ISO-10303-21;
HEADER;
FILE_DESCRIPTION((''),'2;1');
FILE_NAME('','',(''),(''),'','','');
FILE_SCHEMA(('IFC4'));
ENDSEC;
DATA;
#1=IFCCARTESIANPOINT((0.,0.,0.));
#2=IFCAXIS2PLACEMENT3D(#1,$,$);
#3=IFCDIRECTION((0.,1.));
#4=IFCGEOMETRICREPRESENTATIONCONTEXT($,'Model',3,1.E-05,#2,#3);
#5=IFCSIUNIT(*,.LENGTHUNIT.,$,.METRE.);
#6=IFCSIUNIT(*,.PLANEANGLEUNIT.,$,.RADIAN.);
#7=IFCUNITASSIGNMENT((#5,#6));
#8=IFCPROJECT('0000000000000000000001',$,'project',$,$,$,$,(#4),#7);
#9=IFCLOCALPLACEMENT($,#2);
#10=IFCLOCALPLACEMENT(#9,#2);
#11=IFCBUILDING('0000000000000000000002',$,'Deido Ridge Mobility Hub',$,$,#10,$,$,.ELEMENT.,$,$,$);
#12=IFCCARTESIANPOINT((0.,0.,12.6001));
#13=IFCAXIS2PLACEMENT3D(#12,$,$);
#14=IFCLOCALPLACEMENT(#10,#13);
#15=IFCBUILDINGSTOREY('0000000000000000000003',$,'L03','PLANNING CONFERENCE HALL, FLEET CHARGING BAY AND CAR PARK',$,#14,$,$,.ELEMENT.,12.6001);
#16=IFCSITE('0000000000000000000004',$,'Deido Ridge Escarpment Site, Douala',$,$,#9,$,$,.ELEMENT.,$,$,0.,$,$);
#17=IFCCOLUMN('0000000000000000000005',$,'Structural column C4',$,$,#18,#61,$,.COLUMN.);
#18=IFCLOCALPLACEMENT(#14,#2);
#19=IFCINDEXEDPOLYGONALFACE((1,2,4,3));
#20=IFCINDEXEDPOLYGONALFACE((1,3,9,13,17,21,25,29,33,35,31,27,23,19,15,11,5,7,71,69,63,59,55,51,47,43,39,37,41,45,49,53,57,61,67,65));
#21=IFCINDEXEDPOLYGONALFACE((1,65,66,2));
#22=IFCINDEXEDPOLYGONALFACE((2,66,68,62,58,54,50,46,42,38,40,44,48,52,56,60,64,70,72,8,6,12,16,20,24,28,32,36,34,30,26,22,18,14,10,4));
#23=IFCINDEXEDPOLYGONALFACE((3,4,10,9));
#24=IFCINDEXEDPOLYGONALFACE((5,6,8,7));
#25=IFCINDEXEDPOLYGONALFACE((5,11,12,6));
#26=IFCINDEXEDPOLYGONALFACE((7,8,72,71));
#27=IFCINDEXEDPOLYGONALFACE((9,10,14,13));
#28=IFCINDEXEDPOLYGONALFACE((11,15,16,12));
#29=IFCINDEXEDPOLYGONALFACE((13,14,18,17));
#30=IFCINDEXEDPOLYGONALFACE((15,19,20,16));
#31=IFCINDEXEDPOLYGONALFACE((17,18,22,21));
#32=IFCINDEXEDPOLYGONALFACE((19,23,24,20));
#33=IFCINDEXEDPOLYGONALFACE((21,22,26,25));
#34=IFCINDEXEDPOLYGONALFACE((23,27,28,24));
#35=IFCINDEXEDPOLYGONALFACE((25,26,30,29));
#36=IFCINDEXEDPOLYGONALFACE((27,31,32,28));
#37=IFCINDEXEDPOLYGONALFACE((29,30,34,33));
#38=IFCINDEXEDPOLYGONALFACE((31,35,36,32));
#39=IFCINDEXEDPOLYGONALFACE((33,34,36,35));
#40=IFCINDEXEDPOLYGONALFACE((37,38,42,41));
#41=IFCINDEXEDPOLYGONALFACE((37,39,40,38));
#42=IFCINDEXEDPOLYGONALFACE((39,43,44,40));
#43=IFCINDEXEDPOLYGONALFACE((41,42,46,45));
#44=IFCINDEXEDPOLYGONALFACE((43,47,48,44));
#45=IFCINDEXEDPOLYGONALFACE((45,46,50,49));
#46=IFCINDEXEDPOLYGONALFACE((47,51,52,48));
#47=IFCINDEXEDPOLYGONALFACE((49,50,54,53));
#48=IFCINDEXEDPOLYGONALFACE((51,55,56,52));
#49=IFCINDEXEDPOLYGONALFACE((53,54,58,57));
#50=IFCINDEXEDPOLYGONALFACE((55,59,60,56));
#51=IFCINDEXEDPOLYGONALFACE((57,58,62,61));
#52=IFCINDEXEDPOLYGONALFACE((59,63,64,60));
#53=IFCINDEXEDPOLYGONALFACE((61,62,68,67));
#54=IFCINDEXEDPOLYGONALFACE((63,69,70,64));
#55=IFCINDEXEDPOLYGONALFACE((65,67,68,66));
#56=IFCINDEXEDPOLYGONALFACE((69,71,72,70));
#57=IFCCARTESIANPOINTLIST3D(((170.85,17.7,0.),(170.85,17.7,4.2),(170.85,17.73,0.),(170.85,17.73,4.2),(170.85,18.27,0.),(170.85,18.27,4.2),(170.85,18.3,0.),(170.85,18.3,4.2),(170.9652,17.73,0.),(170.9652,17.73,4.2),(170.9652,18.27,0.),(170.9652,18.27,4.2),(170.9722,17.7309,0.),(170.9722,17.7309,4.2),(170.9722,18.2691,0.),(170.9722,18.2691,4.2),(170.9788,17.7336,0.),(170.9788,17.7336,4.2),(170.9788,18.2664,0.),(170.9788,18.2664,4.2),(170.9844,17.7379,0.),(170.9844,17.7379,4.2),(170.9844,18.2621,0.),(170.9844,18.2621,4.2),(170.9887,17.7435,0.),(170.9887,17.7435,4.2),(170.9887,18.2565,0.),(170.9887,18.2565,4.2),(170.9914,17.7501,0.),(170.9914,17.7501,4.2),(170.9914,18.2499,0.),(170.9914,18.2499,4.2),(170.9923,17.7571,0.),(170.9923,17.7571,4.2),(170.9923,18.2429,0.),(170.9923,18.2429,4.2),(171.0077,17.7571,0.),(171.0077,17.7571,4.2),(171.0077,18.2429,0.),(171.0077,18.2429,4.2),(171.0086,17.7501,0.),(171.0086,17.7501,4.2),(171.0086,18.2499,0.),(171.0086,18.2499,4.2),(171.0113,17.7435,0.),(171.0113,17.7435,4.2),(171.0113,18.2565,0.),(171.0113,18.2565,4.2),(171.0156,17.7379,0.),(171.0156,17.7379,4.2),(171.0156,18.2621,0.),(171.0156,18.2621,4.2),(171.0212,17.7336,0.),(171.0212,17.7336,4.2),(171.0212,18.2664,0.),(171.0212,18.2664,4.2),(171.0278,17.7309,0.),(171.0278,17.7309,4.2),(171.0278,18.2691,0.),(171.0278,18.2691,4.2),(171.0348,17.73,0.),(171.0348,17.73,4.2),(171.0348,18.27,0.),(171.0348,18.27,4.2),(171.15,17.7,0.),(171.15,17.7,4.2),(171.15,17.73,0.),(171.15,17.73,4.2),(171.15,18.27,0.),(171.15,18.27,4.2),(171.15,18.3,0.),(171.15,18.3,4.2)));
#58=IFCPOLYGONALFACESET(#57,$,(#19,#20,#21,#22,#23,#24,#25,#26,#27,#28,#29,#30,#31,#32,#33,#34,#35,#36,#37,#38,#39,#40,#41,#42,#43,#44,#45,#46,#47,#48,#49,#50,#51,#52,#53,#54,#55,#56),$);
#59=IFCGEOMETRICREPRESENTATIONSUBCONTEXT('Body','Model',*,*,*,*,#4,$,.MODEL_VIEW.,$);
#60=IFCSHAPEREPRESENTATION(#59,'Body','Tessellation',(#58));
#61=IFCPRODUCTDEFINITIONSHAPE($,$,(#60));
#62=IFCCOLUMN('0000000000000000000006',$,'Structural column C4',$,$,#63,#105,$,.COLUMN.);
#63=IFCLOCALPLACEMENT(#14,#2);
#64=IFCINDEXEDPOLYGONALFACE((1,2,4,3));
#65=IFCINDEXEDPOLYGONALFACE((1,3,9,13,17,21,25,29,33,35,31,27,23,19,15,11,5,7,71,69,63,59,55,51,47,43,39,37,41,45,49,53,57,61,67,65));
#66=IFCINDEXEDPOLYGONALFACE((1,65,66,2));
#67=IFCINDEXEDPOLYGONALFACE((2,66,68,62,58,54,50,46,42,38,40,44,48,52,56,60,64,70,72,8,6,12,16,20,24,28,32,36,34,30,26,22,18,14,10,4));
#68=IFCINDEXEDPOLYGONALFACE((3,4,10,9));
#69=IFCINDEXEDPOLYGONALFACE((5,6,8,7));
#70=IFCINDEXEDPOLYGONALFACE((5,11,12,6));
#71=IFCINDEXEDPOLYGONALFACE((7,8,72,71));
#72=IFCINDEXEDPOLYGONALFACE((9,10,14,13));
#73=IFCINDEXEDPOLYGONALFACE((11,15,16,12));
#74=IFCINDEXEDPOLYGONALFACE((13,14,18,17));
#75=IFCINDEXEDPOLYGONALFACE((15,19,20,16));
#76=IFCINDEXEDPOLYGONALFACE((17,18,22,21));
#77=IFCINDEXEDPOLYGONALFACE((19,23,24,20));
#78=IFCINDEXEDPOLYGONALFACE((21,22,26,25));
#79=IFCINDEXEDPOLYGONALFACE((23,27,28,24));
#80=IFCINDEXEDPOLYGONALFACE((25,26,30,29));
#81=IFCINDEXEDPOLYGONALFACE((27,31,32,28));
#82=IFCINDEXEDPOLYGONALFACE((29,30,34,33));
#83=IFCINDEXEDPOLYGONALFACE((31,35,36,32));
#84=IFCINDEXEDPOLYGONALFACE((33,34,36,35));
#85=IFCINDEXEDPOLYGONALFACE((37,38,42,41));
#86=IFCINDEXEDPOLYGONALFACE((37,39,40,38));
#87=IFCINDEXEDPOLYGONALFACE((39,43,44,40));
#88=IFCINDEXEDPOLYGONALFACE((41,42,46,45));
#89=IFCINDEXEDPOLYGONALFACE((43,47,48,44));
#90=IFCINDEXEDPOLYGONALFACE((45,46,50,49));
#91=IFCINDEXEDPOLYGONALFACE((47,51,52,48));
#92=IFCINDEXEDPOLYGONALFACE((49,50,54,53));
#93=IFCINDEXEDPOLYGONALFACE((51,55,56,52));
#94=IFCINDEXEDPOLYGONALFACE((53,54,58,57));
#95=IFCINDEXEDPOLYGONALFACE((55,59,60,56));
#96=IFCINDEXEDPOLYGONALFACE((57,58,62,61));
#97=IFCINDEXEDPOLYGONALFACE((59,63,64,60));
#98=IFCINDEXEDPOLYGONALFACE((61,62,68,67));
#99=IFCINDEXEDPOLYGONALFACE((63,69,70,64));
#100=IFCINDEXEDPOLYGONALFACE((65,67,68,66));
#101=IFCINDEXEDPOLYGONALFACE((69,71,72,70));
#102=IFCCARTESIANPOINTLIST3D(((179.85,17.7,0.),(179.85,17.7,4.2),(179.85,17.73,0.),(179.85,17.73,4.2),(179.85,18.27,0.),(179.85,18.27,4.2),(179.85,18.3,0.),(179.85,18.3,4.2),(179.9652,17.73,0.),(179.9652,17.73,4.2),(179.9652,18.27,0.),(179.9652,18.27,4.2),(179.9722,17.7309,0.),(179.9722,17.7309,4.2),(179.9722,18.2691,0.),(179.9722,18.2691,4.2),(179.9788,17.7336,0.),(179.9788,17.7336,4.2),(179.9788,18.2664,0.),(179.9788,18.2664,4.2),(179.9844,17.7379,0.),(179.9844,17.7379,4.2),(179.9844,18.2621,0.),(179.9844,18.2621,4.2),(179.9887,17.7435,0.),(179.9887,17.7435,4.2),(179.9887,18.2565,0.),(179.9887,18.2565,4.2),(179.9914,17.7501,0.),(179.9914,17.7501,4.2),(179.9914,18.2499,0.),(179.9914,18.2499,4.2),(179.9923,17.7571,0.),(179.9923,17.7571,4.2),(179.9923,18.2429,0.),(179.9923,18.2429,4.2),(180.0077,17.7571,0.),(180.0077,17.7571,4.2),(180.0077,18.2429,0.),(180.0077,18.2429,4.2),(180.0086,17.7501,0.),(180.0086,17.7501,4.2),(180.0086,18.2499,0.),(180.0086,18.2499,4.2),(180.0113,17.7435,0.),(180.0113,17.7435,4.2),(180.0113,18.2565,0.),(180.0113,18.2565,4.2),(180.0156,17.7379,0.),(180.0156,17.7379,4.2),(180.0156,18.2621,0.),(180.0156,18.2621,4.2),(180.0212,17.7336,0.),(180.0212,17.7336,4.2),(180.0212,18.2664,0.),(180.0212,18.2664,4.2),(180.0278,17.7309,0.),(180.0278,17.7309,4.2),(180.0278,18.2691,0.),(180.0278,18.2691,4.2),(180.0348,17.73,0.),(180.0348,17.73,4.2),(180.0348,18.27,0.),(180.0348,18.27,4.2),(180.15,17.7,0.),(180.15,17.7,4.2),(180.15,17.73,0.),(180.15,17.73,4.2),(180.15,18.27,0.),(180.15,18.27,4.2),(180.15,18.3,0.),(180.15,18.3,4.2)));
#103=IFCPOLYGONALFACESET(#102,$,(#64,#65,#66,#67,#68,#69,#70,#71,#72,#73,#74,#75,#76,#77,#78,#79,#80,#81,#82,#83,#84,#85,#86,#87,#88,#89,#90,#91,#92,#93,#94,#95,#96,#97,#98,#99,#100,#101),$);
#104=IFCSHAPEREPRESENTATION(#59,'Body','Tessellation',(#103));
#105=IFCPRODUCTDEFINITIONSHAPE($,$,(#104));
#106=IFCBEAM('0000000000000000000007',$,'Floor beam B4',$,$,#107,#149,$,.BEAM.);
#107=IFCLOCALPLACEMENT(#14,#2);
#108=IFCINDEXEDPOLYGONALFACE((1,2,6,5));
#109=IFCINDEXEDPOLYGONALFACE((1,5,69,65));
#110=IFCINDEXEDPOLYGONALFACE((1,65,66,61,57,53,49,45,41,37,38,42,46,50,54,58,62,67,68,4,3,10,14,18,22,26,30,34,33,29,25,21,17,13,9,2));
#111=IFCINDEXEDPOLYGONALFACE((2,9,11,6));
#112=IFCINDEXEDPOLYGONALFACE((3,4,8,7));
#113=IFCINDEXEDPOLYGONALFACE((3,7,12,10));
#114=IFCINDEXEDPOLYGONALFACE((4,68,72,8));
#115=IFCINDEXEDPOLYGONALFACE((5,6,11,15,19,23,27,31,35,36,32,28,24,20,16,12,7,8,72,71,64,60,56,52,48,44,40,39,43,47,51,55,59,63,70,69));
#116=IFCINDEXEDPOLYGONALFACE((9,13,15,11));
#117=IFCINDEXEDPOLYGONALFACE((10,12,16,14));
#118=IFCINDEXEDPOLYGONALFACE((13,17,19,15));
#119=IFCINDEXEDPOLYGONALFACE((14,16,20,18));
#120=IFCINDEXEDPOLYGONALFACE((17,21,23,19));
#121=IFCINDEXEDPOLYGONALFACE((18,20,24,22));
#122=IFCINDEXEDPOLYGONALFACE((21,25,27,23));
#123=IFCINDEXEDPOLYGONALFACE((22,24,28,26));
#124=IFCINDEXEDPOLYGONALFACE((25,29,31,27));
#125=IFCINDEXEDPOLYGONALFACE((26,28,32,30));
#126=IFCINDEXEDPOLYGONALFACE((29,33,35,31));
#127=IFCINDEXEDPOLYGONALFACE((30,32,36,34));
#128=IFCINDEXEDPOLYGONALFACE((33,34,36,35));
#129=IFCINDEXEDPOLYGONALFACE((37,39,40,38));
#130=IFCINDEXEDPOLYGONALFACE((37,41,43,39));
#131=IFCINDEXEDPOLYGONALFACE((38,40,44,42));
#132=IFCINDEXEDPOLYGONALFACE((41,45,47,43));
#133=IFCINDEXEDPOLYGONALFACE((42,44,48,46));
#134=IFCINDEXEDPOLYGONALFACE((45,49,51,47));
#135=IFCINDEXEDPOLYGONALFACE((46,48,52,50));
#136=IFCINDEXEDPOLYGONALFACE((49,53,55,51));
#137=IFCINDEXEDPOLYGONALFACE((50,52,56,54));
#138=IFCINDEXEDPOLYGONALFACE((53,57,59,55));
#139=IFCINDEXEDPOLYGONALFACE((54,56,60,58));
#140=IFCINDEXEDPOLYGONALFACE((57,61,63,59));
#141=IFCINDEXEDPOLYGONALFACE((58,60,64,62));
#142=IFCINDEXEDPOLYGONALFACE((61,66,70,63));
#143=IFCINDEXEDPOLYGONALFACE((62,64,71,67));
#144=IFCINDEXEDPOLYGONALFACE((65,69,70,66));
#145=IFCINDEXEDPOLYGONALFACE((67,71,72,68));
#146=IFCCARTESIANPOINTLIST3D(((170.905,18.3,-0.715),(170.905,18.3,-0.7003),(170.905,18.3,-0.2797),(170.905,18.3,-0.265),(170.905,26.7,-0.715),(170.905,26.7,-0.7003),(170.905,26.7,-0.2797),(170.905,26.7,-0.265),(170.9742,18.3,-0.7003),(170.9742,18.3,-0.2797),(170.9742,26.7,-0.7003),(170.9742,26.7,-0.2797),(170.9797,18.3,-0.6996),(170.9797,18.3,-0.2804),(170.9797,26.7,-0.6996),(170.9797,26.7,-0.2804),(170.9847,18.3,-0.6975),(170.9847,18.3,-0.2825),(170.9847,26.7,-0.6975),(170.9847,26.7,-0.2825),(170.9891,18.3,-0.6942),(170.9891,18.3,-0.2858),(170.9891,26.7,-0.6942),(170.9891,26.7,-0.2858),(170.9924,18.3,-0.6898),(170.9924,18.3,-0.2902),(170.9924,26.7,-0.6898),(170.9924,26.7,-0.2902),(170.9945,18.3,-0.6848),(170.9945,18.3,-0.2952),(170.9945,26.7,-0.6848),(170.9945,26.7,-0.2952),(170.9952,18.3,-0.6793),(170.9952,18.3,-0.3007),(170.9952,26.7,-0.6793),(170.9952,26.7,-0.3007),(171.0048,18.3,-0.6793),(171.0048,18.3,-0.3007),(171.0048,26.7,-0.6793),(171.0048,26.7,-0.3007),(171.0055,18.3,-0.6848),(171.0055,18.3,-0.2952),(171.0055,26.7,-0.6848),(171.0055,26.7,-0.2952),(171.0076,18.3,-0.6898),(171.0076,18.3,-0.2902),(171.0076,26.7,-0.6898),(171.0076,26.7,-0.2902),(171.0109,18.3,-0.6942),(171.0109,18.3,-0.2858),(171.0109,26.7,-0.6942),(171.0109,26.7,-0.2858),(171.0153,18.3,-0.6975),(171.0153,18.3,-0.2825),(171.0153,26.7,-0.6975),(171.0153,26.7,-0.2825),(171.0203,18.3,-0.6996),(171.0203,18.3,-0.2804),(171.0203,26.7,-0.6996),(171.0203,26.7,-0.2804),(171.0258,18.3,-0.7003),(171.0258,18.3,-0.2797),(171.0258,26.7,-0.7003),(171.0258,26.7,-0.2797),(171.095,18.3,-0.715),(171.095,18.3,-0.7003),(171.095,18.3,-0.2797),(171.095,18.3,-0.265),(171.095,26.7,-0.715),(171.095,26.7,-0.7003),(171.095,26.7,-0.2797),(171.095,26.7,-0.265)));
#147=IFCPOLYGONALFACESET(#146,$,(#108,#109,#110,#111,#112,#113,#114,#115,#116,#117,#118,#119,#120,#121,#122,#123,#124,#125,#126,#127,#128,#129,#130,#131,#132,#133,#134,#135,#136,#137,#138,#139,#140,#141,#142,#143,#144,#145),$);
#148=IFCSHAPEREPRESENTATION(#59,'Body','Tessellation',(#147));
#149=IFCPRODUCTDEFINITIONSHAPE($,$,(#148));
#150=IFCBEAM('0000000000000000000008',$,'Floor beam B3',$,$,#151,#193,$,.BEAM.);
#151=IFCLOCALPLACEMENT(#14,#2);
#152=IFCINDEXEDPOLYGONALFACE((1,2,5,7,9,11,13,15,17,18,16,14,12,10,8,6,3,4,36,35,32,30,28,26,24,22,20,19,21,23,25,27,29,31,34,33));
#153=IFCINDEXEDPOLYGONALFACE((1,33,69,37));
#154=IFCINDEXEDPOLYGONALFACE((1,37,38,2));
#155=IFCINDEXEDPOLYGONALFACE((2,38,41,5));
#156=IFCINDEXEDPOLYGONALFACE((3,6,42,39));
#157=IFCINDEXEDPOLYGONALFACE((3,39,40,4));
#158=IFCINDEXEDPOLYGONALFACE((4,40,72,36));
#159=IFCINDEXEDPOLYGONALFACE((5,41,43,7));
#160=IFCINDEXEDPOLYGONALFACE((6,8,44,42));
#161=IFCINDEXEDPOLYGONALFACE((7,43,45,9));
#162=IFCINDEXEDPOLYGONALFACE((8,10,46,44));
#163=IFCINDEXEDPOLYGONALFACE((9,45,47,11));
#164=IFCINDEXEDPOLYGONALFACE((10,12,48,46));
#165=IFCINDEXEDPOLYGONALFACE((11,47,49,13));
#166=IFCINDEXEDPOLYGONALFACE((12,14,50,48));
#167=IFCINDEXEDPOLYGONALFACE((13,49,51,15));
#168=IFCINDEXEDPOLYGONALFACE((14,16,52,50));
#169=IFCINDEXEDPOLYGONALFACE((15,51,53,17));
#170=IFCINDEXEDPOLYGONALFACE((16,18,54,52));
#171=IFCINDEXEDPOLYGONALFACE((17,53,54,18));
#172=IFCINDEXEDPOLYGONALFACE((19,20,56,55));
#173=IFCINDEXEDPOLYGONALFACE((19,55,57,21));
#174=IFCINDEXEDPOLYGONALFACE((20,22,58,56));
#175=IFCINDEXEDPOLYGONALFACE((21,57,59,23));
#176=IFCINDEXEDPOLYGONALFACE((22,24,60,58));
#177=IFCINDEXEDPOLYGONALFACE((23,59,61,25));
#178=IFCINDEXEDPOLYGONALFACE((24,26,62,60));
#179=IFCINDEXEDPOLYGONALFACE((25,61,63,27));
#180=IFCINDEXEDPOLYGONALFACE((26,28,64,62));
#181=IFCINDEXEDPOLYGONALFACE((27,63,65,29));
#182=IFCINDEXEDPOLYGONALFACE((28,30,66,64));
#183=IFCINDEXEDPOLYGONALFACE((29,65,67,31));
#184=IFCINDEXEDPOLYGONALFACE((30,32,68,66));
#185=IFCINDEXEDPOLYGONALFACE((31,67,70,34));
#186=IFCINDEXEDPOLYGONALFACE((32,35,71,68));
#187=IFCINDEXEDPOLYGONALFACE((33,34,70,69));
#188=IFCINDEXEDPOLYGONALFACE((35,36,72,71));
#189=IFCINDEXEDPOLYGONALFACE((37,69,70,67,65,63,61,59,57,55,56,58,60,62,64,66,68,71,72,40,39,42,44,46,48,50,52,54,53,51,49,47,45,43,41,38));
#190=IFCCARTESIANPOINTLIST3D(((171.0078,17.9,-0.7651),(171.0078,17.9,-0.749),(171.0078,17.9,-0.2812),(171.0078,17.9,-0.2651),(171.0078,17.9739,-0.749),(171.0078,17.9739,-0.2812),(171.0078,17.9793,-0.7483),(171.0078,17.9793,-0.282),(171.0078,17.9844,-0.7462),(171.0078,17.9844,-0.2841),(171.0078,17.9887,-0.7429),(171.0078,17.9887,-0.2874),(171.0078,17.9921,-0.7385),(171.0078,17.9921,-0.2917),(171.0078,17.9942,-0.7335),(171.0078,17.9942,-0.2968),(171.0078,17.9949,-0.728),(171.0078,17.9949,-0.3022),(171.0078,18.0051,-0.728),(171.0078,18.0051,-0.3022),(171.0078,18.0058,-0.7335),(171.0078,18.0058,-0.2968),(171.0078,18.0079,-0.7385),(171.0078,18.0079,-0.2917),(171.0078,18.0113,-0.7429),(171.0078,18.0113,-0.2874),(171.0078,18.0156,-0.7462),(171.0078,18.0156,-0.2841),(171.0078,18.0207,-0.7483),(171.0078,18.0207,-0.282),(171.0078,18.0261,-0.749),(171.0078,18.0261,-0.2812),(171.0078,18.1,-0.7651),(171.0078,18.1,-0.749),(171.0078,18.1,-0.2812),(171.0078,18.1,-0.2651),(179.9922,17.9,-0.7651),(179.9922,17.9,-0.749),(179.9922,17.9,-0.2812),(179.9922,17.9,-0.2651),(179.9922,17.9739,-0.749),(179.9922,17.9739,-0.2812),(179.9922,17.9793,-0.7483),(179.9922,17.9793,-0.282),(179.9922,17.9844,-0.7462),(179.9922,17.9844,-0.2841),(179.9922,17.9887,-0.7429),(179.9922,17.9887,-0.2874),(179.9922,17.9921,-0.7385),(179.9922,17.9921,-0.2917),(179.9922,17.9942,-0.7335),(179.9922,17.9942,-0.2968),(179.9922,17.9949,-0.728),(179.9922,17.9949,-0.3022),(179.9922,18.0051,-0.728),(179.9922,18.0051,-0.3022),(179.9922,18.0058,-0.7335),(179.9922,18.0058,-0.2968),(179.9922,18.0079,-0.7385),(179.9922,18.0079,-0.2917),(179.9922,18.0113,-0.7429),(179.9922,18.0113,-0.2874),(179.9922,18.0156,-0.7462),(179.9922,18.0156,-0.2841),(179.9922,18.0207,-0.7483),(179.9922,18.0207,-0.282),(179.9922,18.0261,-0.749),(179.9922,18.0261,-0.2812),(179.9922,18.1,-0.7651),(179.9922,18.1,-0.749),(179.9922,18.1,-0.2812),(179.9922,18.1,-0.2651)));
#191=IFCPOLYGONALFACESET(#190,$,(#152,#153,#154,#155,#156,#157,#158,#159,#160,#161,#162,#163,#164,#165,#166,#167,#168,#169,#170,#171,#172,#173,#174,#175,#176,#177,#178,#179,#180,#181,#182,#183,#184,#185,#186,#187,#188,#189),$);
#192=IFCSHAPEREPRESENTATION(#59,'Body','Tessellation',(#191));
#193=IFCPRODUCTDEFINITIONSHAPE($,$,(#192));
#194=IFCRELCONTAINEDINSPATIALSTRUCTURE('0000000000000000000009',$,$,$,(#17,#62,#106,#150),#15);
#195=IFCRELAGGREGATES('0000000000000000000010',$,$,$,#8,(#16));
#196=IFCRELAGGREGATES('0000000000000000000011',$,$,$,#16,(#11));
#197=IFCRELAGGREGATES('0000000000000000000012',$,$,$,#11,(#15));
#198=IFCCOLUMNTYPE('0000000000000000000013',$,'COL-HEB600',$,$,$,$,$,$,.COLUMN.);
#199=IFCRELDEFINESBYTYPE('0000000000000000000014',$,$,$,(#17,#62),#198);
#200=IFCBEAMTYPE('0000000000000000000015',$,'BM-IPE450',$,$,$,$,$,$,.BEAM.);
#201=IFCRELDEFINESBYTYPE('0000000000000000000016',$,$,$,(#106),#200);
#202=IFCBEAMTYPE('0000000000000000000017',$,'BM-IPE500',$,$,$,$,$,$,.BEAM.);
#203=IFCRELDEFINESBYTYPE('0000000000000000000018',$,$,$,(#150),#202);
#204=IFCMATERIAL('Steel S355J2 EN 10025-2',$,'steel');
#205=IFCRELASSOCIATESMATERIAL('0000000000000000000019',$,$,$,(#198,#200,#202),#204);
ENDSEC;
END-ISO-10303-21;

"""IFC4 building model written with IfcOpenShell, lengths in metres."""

from ifc_helpers import new_model, si_unit, direction, frame, origin, origin_2d, place, context, subcontext, project, spatial, i_section, extrude, material, material_profile, profile_set, type_object, element, save


model = new_model("IFC4")

# Units and contexts
model_context = context("Model", 3, precision=1e-05, world=origin(), true_north=direction((0.0, 1.0)))
body_context = subcontext(model_context, "Body", "Model", "MODEL_VIEW")
ifc_project = project(units=[si_unit("LENGTHUNIT", "METRE"), si_unit("PLANEANGLEUNIT", "RADIAN")], contexts=[model_context])

# Site, building, storey
site_placement = place(None, origin())
site = spatial("IfcSite", under=ifc_project, at=site_placement, Name="Deido Ridge Escarpment Site, Douala", CompositionType="ELEMENT", RefElevation=0.0)
building_placement = place(site_placement, origin())
building = spatial("IfcBuilding", under=site, at=building_placement, Name="Deido Ridge Mobility Hub", CompositionType="ELEMENT")
storey_placement = place(building_placement, frame((0.0, 0.0, 12.6001)))
storey = spatial("IfcBuildingStorey", under=building, at=storey_placement, Name="L03", Description="PLANNING CONFERENCE HALL, FLEET CHARGING BAY AND CAR PARK", CompositionType="ELEMENT", Elevation=12.6001)

# Columns
ifc_material_1 = material(Name="Steel S355J2 EN 10025-2", Category="steel")
ifc_material_profile_1 = material_profile(ifc_material_1, i_section(OverallWidth=0.3, OverallDepth=0.6001, WebThickness=0.0154, FlangeThickness=0.03, FilletRadius=0.0271, at=origin_2d()), Name="HEB 600")
ifc_profile_set_1 = profile_set([ifc_material_profile_1], Name="Steel S355J2 EN 10025-2")
column_type = type_object("IfcColumnType", Name="COL-HEB600", PredefinedType="COLUMN", material=ifc_profile_set_1)
for number, where, z_axis, x_axis, name in (
    (1, (171.0, 18.0, 0.0), (0.0, 0.0, 1.0), (1.0, 0.0, 0.0), "Structural column C4"),
    (2, (180.0, 18.0, 0.0), (0.0, 0.0, 1.0), (1.0, 0.0, 0.0), "Structural column C4"),
):
    element("IfcColumn", number, at=place(storey_placement, frame(where, z_axis=z_axis, x_axis=x_axis)), inside=storey, type_object=column_type, Name=name, PredefinedType="COLUMN", context=body_context, shape_type="SweptSolid", body=[
        extrude(i_section(OverallWidth=0.3, OverallDepth=0.6001, WebThickness=0.0154, FlangeThickness=0.03, FilletRadius=0.0271, at=origin_2d()), origin(), (0.0, 0.0, 1.0), 4.2),
    ])

# Beams
ifc_material_profile_2 = material_profile(ifc_material_1, i_section(OverallWidth=0.1899, OverallDepth=0.45, WebThickness=0.0095, FlangeThickness=0.0146, FilletRadius=0.021, at=origin_2d()), Name="IPE 450")
ifc_profile_set_2 = profile_set([ifc_material_profile_2], Name="Steel S355J2 EN 10025-2")
beam_type_1 = type_object("IfcBeamType", Name="BM-IPE450", PredefinedType="BEAM", material=ifc_profile_set_2)
beam_1_placement = place(storey_placement, frame((171.0, 18.3, -0.49), z_axis=(0.0, 1.0, 0.0), x_axis=(-1.0, 0.0, 0.0)))
element("IfcBeam", 3, at=beam_1_placement, inside=storey, type_object=beam_type_1, Name="Floor beam B4", PredefinedType="BEAM", context=body_context, shape_type="SweptSolid", body=[
    extrude(i_section(OverallWidth=0.1899, OverallDepth=0.45, WebThickness=0.0095, FlangeThickness=0.0146, FilletRadius=0.021, at=origin_2d()), origin(), (0.0, 0.0, 1.0), 8.3999),
])
ifc_material_profile_3 = material_profile(ifc_material_1, i_section(OverallWidth=0.2, OverallDepth=0.5, WebThickness=0.0103, FlangeThickness=0.0161, FilletRadius=0.021, at=origin_2d()), Name="IPE 500")
ifc_profile_set_3 = profile_set([ifc_material_profile_3], Name="Steel S355J2 EN 10025-2")
beam_type_2 = type_object("IfcBeamType", Name="BM-IPE500", PredefinedType="BEAM", material=ifc_profile_set_3)
beam_2_placement = place(storey_placement, frame((171.0078, 18.0, -0.5151), z_axis=(1.0, 0.0, 0.0), x_axis=(0.0, 1.0, 0.0)))
element("IfcBeam", 4, at=beam_2_placement, inside=storey, type_object=beam_type_2, Name="Floor beam B3", PredefinedType="BEAM", context=body_context, shape_type="SweptSolid", body=[
    extrude(i_section(OverallWidth=0.2, OverallDepth=0.5, WebThickness=0.0103, FlangeThickness=0.0161, FilletRadius=0.021, at=origin_2d()), origin(), (0.0, 0.0, 1.0), 8.9844),
])

save(model, "model.ifc")
